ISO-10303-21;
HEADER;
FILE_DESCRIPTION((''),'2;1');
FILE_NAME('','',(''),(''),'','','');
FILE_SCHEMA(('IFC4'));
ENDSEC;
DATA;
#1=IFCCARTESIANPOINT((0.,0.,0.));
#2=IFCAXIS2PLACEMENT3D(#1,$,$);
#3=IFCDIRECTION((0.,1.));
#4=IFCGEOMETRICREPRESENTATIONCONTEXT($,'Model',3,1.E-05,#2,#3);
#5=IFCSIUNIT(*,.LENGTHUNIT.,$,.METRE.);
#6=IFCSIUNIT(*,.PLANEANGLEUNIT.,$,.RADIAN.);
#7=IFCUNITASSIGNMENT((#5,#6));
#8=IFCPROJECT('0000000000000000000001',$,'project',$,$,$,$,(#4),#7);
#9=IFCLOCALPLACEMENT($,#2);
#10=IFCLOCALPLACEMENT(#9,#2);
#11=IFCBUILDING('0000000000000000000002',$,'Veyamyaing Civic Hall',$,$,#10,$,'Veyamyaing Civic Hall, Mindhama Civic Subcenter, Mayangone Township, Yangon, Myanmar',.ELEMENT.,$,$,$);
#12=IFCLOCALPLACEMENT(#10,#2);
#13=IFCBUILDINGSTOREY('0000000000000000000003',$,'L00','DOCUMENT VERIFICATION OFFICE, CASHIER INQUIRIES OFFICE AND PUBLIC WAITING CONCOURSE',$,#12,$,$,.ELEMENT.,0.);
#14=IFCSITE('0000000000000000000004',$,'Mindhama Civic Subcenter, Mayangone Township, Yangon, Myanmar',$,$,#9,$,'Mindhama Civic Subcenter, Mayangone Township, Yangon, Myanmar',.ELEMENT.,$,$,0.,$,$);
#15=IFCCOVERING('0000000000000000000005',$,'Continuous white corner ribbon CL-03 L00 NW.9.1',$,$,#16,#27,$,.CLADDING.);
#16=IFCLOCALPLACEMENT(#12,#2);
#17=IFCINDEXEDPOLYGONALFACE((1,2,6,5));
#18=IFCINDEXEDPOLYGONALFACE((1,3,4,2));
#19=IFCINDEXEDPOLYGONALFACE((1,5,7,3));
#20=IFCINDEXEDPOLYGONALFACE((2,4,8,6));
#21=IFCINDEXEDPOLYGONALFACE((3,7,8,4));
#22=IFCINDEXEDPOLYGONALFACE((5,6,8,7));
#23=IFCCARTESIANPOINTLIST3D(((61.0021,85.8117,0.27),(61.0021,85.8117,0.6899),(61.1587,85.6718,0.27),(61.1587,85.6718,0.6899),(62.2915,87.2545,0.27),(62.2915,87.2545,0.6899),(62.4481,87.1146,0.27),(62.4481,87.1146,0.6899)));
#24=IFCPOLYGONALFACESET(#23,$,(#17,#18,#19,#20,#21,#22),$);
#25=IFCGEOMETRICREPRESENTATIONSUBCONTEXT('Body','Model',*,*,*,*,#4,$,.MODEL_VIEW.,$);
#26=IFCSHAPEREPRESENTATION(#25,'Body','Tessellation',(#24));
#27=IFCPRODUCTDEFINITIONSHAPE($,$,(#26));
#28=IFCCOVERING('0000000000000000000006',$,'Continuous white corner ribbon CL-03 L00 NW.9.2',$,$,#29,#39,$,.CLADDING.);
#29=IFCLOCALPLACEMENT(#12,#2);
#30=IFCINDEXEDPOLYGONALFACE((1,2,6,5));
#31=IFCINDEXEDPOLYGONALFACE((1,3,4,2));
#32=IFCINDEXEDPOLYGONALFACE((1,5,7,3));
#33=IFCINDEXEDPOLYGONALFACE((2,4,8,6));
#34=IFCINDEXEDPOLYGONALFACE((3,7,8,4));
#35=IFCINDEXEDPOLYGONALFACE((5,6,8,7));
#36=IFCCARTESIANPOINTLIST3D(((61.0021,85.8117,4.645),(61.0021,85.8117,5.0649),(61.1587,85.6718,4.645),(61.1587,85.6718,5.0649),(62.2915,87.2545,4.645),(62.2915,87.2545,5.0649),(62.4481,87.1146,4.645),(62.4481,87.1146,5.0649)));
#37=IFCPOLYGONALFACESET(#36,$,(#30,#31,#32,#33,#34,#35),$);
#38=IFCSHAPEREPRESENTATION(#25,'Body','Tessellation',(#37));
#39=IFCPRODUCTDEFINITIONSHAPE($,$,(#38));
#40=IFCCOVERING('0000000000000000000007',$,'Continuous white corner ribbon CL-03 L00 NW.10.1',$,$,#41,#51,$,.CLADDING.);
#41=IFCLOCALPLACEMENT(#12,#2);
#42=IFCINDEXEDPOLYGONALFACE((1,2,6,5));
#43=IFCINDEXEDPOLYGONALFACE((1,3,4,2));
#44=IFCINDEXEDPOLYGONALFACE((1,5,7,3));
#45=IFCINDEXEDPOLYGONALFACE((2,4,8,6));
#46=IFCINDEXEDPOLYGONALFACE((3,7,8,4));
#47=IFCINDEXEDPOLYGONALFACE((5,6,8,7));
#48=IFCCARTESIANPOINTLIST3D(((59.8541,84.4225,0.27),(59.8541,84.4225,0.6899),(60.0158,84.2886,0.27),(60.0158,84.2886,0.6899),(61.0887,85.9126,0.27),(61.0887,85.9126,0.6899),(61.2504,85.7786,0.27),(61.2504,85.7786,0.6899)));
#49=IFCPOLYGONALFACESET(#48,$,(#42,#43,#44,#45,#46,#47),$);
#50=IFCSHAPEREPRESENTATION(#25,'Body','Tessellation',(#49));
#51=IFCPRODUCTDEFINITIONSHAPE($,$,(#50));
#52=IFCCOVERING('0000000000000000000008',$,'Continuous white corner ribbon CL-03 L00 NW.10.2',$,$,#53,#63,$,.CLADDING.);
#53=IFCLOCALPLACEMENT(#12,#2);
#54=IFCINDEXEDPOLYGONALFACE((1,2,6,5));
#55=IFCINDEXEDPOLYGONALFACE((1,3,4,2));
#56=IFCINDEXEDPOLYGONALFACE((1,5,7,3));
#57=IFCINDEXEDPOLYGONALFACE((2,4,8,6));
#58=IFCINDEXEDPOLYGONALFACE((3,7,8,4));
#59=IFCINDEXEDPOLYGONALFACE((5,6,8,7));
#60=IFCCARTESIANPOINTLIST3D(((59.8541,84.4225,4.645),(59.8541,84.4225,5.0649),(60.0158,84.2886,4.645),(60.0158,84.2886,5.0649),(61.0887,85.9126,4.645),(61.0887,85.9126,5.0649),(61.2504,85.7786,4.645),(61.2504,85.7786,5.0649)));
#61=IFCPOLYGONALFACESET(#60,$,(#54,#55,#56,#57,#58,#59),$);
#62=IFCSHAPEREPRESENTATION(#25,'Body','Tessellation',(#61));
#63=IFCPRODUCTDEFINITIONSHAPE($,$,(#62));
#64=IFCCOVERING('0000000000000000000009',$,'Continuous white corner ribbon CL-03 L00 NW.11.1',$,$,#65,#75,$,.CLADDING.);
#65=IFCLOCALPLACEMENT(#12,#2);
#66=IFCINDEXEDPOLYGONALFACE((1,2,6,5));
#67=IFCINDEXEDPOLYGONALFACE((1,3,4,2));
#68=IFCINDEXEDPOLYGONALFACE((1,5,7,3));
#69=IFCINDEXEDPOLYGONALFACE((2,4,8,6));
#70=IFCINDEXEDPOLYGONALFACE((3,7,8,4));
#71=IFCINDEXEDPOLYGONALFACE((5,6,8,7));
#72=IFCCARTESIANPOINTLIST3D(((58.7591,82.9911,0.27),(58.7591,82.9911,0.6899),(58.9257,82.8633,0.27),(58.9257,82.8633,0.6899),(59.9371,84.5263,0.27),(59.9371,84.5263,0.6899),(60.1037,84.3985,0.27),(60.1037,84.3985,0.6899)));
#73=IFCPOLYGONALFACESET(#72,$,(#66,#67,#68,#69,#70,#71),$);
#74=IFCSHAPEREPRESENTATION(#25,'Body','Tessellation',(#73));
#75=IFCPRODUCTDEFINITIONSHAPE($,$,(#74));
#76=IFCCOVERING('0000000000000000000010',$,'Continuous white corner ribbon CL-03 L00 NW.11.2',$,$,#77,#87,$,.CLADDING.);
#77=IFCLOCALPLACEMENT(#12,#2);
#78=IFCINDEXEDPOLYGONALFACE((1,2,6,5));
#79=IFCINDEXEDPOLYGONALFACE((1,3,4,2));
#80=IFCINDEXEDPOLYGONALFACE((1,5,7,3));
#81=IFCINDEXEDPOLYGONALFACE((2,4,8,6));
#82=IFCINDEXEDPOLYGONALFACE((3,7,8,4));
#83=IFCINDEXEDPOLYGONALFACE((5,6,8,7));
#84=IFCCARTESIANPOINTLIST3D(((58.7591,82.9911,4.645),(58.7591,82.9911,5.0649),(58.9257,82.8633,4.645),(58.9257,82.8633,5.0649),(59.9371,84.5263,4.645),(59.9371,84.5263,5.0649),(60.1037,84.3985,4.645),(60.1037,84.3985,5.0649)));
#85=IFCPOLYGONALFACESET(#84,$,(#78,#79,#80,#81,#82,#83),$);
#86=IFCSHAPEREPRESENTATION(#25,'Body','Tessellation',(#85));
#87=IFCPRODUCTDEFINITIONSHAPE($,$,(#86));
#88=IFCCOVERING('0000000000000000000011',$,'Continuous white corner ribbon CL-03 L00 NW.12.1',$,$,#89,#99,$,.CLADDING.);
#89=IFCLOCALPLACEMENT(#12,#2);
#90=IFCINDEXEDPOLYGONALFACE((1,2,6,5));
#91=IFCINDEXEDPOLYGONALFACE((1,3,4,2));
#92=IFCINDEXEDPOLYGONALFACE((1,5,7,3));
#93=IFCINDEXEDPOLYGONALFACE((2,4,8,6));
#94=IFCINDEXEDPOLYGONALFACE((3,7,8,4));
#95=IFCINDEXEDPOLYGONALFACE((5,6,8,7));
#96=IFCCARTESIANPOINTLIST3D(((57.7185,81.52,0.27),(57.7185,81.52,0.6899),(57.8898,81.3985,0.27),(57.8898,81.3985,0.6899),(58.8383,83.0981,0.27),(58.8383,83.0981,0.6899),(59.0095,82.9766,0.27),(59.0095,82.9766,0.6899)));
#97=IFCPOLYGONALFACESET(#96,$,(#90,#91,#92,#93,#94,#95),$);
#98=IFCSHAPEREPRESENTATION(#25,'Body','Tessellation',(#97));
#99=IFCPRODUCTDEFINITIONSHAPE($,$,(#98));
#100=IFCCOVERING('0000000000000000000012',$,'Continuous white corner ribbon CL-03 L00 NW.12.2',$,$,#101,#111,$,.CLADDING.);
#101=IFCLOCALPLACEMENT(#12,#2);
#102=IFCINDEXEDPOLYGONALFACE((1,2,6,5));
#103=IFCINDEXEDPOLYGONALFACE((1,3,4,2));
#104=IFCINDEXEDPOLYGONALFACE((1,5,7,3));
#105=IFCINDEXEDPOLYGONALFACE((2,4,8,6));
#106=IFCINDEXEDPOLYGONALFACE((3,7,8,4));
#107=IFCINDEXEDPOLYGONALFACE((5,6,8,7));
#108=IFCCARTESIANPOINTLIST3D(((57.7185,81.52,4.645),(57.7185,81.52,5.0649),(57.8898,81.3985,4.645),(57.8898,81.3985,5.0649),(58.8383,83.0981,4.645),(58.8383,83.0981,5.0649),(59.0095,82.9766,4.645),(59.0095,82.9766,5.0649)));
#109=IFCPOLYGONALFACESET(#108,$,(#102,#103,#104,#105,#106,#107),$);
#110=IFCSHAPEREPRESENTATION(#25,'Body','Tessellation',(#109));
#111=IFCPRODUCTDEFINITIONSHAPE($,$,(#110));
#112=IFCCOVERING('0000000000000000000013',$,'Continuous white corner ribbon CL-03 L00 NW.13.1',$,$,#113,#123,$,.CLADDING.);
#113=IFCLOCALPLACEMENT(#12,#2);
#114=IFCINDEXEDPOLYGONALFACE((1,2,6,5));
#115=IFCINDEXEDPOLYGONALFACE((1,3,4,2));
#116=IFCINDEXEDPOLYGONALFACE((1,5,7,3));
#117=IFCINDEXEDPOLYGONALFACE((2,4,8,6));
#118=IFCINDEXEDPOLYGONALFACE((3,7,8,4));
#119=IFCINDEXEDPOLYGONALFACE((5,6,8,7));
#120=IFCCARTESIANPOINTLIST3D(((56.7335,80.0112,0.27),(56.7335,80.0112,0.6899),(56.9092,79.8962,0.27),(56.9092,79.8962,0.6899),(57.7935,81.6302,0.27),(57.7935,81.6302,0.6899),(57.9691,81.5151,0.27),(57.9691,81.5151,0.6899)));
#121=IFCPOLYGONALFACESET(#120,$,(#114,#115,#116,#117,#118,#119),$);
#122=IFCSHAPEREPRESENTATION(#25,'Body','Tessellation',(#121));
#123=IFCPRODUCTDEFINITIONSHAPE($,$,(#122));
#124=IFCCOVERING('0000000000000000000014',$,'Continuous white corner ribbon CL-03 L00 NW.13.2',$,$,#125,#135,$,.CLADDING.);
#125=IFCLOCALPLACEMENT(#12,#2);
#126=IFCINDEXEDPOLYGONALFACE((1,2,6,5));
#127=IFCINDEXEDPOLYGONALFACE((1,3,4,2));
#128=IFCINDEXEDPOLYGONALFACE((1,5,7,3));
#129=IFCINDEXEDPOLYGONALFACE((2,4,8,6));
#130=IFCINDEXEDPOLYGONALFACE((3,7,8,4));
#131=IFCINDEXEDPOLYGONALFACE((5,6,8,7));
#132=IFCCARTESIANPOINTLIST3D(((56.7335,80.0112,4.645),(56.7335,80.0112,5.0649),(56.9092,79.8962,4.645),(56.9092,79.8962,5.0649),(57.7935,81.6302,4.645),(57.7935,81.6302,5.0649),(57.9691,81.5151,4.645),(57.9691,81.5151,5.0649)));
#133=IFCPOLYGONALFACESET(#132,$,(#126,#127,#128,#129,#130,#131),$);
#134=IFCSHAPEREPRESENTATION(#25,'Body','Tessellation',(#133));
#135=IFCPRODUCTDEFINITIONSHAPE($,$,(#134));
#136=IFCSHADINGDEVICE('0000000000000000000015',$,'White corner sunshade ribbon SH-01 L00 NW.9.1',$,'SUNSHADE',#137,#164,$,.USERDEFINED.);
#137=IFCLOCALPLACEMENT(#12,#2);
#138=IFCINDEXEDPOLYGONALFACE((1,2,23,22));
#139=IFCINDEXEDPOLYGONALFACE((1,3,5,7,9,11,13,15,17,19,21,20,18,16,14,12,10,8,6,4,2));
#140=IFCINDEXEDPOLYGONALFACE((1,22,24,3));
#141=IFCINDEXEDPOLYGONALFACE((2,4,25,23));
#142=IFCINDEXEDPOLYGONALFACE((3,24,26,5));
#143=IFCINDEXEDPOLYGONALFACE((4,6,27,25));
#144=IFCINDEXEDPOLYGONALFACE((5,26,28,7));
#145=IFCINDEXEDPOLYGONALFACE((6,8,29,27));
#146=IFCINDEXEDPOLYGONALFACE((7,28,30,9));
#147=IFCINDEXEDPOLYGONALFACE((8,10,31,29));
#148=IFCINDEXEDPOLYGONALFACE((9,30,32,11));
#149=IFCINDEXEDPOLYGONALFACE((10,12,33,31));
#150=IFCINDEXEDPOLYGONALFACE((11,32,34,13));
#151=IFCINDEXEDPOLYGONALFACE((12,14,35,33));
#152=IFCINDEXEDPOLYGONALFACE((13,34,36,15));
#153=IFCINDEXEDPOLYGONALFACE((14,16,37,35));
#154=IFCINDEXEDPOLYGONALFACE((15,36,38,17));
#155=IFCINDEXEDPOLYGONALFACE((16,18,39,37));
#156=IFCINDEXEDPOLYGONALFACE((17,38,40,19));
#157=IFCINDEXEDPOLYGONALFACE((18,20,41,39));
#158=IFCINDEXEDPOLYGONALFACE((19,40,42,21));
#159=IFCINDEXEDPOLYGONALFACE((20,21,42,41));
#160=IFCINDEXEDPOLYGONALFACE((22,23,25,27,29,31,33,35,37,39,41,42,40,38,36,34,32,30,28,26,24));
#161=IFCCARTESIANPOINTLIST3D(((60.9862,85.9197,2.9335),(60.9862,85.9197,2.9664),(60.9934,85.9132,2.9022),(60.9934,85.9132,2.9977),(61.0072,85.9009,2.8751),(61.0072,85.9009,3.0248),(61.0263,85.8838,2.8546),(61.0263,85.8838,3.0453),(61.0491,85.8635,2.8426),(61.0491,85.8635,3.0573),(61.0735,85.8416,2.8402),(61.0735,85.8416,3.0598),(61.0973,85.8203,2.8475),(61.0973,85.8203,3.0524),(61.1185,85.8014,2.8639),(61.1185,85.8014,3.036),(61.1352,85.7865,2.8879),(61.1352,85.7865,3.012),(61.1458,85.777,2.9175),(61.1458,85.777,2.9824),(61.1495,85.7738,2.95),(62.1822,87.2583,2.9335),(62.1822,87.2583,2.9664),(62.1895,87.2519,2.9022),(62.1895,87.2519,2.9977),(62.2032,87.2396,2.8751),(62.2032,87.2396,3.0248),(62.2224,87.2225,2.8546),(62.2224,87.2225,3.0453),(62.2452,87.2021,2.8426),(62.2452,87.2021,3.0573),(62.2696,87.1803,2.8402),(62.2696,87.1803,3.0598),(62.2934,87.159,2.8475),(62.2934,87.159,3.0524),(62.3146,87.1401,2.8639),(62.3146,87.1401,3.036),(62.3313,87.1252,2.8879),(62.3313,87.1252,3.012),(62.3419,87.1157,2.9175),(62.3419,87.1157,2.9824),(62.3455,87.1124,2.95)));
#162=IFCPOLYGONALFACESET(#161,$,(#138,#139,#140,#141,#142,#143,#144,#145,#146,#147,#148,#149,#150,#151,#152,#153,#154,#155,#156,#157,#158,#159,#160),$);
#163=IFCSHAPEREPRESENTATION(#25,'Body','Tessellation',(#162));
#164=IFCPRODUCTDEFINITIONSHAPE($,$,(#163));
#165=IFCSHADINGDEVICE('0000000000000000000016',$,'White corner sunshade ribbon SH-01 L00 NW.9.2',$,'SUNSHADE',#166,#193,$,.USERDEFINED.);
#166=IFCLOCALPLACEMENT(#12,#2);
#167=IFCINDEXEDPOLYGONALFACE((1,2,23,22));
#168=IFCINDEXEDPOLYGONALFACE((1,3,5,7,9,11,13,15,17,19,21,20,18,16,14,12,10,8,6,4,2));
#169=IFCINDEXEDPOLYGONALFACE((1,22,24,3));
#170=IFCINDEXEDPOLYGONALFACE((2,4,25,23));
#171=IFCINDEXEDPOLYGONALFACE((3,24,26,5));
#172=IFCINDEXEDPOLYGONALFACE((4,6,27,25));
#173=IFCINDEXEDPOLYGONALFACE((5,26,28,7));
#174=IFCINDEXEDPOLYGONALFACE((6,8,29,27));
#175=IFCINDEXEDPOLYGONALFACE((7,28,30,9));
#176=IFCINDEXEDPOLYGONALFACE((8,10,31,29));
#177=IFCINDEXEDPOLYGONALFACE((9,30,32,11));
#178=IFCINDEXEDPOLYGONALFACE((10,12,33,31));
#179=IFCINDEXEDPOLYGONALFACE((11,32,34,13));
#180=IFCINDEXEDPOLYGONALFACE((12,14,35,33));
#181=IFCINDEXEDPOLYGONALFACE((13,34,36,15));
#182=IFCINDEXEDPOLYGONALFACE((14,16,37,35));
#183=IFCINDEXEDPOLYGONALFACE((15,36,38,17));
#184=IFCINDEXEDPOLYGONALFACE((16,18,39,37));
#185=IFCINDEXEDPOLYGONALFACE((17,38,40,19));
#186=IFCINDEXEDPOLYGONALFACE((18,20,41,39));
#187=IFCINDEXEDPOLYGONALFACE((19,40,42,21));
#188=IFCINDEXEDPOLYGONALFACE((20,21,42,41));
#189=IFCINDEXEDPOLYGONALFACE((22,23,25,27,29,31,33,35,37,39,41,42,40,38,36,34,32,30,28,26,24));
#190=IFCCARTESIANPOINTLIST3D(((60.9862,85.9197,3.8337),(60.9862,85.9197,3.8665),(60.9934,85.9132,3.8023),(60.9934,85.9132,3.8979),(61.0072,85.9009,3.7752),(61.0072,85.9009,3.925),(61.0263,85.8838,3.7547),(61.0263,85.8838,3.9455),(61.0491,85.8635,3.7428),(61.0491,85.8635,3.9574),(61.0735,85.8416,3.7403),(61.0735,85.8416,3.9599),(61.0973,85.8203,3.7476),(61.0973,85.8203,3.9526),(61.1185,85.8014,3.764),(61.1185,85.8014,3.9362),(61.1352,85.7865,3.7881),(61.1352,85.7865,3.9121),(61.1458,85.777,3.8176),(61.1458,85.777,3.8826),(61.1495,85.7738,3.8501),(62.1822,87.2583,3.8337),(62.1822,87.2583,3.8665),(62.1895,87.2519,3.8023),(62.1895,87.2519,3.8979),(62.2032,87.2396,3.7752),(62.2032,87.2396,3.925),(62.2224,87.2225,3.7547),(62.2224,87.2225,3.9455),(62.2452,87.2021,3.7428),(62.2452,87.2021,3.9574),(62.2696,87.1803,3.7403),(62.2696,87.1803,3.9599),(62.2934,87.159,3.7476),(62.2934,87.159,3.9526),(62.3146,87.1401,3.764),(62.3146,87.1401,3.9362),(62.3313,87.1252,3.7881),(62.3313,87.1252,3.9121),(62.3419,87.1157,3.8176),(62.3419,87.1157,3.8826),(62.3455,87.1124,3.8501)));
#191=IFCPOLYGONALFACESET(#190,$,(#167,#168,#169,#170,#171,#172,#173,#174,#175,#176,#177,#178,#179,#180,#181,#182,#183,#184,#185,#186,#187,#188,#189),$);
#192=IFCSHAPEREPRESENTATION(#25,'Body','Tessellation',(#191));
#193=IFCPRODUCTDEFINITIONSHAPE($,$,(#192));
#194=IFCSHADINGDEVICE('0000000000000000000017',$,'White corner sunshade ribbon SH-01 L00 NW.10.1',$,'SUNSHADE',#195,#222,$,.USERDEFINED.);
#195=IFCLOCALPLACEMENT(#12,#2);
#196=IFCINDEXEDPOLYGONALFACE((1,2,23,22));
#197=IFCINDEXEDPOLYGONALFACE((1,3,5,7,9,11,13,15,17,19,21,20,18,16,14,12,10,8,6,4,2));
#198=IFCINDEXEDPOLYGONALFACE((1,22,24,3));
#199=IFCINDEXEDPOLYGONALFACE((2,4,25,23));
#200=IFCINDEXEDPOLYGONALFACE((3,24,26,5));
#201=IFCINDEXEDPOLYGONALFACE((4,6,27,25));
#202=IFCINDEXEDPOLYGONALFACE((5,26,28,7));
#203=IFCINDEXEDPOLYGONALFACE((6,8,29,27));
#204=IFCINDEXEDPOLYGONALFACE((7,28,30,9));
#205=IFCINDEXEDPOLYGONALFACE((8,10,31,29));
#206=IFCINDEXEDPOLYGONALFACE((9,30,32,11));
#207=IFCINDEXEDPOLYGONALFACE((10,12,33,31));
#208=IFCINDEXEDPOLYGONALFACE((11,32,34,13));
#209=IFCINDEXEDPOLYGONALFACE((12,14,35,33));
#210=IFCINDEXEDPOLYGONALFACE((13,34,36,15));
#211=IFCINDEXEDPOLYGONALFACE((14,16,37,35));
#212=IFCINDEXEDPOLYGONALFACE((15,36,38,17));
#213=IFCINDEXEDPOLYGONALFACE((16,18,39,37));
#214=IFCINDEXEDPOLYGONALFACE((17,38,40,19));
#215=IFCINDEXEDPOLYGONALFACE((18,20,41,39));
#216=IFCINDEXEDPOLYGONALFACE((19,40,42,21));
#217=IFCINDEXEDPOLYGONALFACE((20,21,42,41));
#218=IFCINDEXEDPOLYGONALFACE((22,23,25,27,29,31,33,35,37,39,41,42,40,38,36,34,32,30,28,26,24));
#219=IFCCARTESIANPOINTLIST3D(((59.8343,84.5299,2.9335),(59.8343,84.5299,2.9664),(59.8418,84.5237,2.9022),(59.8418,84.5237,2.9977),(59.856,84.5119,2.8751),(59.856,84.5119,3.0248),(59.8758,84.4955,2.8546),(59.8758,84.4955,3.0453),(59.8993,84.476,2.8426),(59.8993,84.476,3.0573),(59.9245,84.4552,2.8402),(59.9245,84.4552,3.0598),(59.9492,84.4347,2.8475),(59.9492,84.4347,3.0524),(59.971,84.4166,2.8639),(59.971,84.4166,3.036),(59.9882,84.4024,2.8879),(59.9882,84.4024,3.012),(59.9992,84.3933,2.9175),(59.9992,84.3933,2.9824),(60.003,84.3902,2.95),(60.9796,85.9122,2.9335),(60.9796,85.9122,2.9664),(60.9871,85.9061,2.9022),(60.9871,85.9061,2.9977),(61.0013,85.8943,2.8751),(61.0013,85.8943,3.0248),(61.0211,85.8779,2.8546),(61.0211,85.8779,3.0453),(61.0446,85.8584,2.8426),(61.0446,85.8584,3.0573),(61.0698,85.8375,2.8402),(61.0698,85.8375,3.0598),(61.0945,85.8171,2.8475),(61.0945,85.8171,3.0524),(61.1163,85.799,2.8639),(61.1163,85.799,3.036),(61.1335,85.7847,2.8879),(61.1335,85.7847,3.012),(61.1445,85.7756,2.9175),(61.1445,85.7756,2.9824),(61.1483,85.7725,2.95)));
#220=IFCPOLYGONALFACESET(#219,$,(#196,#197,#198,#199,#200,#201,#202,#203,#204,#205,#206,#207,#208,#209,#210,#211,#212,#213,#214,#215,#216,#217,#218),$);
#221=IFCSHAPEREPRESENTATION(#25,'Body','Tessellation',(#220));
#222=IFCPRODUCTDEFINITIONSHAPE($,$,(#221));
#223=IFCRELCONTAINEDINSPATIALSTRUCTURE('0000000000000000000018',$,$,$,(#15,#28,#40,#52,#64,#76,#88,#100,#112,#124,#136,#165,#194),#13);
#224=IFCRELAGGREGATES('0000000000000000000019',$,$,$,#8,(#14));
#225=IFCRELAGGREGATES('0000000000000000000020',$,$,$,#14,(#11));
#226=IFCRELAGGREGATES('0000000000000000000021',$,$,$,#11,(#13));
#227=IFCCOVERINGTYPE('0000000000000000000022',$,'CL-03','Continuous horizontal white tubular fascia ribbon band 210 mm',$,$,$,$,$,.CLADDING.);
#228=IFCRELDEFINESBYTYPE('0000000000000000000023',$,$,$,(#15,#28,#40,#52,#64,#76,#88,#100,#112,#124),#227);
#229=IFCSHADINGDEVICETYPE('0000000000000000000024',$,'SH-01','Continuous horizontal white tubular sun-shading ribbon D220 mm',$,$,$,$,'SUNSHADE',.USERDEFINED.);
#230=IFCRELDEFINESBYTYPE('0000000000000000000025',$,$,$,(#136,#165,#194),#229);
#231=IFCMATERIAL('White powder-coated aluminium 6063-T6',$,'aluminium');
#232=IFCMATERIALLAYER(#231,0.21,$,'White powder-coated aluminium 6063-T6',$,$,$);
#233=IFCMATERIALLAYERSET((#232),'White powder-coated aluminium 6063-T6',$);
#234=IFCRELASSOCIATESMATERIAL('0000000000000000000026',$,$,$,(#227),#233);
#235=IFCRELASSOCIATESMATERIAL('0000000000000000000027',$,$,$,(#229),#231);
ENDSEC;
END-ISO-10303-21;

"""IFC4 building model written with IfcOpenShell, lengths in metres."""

from ifc_helpers import new_model, si_unit, direction, frame, origin, origin_2d, place, context, subcontext, project, spatial, rectangle, circle, extrude, material, layer, layer_set, material_profile, profile_set, type_object, element, save


model = new_model("IFC4")

# Units and contexts
model_context = context("Model", 3, precision=1e-05, world=origin(), true_north=direction((0.0, 1.0)))
body_context = subcontext(model_context, "Body", "Model", "MODEL_VIEW")
ifc_project = project(units=[si_unit("LENGTHUNIT", "METRE"), si_unit("PLANEANGLEUNIT", "RADIAN")], contexts=[model_context])

# Site, building, storey
site_placement = place(None, origin())
site = spatial("IfcSite", under=ifc_project, at=site_placement, Name="Mindhama Civic Subcenter, Mayangone Township, Yangon, Myanmar", LongName="Mindhama Civic Subcenter, Mayangone Township, Yangon, Myanmar", CompositionType="ELEMENT", RefElevation=0.0)
building_placement = place(site_placement, origin())
building = spatial("IfcBuilding", under=site, at=building_placement, Name="Veyamyaing Civic Hall", LongName="Veyamyaing Civic Hall, Mindhama Civic Subcenter, Mayangone Township, Yangon, Myanmar", CompositionType="ELEMENT")
storey_placement = place(building_placement, origin())
storey = spatial("IfcBuildingStorey", under=building, at=storey_placement, Name="L00", Description="DOCUMENT VERIFICATION OFFICE, CASHIER INQUIRIES OFFICE AND PUBLIC WAITING CONCOURSE", CompositionType="ELEMENT", Elevation=0.0)

# Coverings
ifc_material_1 = material(Name="White powder-coated aluminium 6063-T6", Category="aluminium")
ifc_layer_1 = layer(ifc_material_1, 0.21, Name="White powder-coated aluminium 6063-T6")
ifc_layer_set_1 = layer_set([ifc_layer_1], Name="White powder-coated aluminium 6063-T6")
covering_type = type_object("IfcCoveringType", Name="CL-03", Description="Continuous horizontal white tubular fascia ribbon band 210 mm", PredefinedType="CLADDING", material=ifc_layer_set_1)
for number, where, z_axis, x_axis, name in (
    (1, (61.7251, 86.4631, 0.27), (0.0, 0.0, 1.0), (-0.666347, -0.745642, 0.0), "Continuous white corner ribbon CL-03 L00 NW.9.1"),
    (2, (61.7251, 86.4631, 4.645), (0.0, 0.0, 1.0), (-0.666347, -0.745642, 0.0), "Continuous white corner ribbon CL-03 L00 NW.9.2"),
    (3, (60.5522, 85.1006, 0.27), (0.0, 0.0, 1.0), (-0.638, -0.770036, 0.0), "Continuous white corner ribbon CL-03 L00 NW.10.1"),
    (4, (60.5522, 85.1006, 4.645), (0.0, 0.0, 1.0), (-0.638, -0.770036, 0.0), "Continuous white corner ribbon CL-03 L00 NW.10.2"),
    (5, (59.4314, 83.6948, 0.27), (0.0, 0.0, 1.0), (-0.608761, -0.793353, 0.0), "Continuous white corner ribbon CL-03 L00 NW.11.1"),
    (6, (59.4314, 83.6948, 4.645), (0.0, 0.0, 1.0), (-0.608761, -0.793353, 0.0), "Continuous white corner ribbon CL-03 L00 NW.11.2"),
    (7, (58.364, 82.2483, 0.27), (0.0, 0.0, 1.0), (-0.578671, -0.815561, 0.0), "Continuous white corner ribbon CL-03 L00 NW.12.1"),
    (8, (58.364, 82.2483, 4.645), (0.0, 0.0, 1.0), (-0.578671, -0.815561, 0.0), "Continuous white corner ribbon CL-03 L00 NW.12.2"),
    (9, (57.3513, 80.7632, 0.27), (0.0, 0.0, 1.0), (-0.547772, -0.836628, 0.0), "Continuous white corner ribbon CL-03 L00 NW.13.1"),
    (10, (57.3513, 80.7632, 4.645), (0.0, 0.0, 1.0), (-0.547772, -0.836628, 0.0), "Continuous white corner ribbon CL-03 L00 NW.13.2"),
):
    element("IfcCovering", number, at=place(storey_placement, frame(where, z_axis=z_axis, x_axis=x_axis)), inside=storey, type_object=covering_type, Name=name, PredefinedType="CLADDING", context=body_context, shape_type="SweptSolid", body=[
        extrude(rectangle(XDim=1.9351, YDim=0.21, at=origin_2d()), origin(), (0.0, 0.0, 1.0), 0.4199),
    ])

# Shading devices
ifc_material_profile_1 = material_profile(ifc_material_1, circle(Radius=0.1101, at=origin_2d()), Name="SHADE-TUBE-220")
ifc_profile_set_1 = profile_set([ifc_material_profile_1], Name="White powder-coated aluminium 6063-T6")
shading_device_type_1 = type_object("IfcShadingDeviceType", Name="SH-01", Description="Continuous horizontal white tubular sun-shading ribbon D220 mm", ElementType="SUNSHADE", PredefinedType="USERDEFINED", material=ifc_profile_set_1)
for number, where, z_axis, x_axis, name in (
    (11, (62.2634, 87.1858, 2.95), (-0.666278, -0.745704, 0.0), (0.745704, -0.666278, 0.0), "White corner sunshade ribbon SH-01 L00 NW.9.1"),
    (12, (62.2634, 87.1858, 3.8501), (-0.666278, -0.745704, 0.0), (0.745704, -0.666278, 0.0), "White corner sunshade ribbon SH-01 L00 NW.9.2"),
    (13, (61.0635, 85.8428, 2.95), (-0.637988, -0.770046, 0.0), (0.770046, -0.637988, 0.0), "White corner sunshade ribbon SH-01 L00 NW.10.1"),
):
    element("IfcShadingDevice", number, at=place(storey_placement, frame(where, z_axis=z_axis, x_axis=x_axis)), inside=storey, type_object=shading_device_type_1, Name=name, ObjectType="SUNSHADE", PredefinedType="USERDEFINED", context=body_context, shape_type="SweptSolid", body=[
        extrude(circle(Radius=0.1101, at=origin_2d()), origin(), (0.0, 0.0, 1.0), 1.7952),
    ])

save(model, "model.ifc")
